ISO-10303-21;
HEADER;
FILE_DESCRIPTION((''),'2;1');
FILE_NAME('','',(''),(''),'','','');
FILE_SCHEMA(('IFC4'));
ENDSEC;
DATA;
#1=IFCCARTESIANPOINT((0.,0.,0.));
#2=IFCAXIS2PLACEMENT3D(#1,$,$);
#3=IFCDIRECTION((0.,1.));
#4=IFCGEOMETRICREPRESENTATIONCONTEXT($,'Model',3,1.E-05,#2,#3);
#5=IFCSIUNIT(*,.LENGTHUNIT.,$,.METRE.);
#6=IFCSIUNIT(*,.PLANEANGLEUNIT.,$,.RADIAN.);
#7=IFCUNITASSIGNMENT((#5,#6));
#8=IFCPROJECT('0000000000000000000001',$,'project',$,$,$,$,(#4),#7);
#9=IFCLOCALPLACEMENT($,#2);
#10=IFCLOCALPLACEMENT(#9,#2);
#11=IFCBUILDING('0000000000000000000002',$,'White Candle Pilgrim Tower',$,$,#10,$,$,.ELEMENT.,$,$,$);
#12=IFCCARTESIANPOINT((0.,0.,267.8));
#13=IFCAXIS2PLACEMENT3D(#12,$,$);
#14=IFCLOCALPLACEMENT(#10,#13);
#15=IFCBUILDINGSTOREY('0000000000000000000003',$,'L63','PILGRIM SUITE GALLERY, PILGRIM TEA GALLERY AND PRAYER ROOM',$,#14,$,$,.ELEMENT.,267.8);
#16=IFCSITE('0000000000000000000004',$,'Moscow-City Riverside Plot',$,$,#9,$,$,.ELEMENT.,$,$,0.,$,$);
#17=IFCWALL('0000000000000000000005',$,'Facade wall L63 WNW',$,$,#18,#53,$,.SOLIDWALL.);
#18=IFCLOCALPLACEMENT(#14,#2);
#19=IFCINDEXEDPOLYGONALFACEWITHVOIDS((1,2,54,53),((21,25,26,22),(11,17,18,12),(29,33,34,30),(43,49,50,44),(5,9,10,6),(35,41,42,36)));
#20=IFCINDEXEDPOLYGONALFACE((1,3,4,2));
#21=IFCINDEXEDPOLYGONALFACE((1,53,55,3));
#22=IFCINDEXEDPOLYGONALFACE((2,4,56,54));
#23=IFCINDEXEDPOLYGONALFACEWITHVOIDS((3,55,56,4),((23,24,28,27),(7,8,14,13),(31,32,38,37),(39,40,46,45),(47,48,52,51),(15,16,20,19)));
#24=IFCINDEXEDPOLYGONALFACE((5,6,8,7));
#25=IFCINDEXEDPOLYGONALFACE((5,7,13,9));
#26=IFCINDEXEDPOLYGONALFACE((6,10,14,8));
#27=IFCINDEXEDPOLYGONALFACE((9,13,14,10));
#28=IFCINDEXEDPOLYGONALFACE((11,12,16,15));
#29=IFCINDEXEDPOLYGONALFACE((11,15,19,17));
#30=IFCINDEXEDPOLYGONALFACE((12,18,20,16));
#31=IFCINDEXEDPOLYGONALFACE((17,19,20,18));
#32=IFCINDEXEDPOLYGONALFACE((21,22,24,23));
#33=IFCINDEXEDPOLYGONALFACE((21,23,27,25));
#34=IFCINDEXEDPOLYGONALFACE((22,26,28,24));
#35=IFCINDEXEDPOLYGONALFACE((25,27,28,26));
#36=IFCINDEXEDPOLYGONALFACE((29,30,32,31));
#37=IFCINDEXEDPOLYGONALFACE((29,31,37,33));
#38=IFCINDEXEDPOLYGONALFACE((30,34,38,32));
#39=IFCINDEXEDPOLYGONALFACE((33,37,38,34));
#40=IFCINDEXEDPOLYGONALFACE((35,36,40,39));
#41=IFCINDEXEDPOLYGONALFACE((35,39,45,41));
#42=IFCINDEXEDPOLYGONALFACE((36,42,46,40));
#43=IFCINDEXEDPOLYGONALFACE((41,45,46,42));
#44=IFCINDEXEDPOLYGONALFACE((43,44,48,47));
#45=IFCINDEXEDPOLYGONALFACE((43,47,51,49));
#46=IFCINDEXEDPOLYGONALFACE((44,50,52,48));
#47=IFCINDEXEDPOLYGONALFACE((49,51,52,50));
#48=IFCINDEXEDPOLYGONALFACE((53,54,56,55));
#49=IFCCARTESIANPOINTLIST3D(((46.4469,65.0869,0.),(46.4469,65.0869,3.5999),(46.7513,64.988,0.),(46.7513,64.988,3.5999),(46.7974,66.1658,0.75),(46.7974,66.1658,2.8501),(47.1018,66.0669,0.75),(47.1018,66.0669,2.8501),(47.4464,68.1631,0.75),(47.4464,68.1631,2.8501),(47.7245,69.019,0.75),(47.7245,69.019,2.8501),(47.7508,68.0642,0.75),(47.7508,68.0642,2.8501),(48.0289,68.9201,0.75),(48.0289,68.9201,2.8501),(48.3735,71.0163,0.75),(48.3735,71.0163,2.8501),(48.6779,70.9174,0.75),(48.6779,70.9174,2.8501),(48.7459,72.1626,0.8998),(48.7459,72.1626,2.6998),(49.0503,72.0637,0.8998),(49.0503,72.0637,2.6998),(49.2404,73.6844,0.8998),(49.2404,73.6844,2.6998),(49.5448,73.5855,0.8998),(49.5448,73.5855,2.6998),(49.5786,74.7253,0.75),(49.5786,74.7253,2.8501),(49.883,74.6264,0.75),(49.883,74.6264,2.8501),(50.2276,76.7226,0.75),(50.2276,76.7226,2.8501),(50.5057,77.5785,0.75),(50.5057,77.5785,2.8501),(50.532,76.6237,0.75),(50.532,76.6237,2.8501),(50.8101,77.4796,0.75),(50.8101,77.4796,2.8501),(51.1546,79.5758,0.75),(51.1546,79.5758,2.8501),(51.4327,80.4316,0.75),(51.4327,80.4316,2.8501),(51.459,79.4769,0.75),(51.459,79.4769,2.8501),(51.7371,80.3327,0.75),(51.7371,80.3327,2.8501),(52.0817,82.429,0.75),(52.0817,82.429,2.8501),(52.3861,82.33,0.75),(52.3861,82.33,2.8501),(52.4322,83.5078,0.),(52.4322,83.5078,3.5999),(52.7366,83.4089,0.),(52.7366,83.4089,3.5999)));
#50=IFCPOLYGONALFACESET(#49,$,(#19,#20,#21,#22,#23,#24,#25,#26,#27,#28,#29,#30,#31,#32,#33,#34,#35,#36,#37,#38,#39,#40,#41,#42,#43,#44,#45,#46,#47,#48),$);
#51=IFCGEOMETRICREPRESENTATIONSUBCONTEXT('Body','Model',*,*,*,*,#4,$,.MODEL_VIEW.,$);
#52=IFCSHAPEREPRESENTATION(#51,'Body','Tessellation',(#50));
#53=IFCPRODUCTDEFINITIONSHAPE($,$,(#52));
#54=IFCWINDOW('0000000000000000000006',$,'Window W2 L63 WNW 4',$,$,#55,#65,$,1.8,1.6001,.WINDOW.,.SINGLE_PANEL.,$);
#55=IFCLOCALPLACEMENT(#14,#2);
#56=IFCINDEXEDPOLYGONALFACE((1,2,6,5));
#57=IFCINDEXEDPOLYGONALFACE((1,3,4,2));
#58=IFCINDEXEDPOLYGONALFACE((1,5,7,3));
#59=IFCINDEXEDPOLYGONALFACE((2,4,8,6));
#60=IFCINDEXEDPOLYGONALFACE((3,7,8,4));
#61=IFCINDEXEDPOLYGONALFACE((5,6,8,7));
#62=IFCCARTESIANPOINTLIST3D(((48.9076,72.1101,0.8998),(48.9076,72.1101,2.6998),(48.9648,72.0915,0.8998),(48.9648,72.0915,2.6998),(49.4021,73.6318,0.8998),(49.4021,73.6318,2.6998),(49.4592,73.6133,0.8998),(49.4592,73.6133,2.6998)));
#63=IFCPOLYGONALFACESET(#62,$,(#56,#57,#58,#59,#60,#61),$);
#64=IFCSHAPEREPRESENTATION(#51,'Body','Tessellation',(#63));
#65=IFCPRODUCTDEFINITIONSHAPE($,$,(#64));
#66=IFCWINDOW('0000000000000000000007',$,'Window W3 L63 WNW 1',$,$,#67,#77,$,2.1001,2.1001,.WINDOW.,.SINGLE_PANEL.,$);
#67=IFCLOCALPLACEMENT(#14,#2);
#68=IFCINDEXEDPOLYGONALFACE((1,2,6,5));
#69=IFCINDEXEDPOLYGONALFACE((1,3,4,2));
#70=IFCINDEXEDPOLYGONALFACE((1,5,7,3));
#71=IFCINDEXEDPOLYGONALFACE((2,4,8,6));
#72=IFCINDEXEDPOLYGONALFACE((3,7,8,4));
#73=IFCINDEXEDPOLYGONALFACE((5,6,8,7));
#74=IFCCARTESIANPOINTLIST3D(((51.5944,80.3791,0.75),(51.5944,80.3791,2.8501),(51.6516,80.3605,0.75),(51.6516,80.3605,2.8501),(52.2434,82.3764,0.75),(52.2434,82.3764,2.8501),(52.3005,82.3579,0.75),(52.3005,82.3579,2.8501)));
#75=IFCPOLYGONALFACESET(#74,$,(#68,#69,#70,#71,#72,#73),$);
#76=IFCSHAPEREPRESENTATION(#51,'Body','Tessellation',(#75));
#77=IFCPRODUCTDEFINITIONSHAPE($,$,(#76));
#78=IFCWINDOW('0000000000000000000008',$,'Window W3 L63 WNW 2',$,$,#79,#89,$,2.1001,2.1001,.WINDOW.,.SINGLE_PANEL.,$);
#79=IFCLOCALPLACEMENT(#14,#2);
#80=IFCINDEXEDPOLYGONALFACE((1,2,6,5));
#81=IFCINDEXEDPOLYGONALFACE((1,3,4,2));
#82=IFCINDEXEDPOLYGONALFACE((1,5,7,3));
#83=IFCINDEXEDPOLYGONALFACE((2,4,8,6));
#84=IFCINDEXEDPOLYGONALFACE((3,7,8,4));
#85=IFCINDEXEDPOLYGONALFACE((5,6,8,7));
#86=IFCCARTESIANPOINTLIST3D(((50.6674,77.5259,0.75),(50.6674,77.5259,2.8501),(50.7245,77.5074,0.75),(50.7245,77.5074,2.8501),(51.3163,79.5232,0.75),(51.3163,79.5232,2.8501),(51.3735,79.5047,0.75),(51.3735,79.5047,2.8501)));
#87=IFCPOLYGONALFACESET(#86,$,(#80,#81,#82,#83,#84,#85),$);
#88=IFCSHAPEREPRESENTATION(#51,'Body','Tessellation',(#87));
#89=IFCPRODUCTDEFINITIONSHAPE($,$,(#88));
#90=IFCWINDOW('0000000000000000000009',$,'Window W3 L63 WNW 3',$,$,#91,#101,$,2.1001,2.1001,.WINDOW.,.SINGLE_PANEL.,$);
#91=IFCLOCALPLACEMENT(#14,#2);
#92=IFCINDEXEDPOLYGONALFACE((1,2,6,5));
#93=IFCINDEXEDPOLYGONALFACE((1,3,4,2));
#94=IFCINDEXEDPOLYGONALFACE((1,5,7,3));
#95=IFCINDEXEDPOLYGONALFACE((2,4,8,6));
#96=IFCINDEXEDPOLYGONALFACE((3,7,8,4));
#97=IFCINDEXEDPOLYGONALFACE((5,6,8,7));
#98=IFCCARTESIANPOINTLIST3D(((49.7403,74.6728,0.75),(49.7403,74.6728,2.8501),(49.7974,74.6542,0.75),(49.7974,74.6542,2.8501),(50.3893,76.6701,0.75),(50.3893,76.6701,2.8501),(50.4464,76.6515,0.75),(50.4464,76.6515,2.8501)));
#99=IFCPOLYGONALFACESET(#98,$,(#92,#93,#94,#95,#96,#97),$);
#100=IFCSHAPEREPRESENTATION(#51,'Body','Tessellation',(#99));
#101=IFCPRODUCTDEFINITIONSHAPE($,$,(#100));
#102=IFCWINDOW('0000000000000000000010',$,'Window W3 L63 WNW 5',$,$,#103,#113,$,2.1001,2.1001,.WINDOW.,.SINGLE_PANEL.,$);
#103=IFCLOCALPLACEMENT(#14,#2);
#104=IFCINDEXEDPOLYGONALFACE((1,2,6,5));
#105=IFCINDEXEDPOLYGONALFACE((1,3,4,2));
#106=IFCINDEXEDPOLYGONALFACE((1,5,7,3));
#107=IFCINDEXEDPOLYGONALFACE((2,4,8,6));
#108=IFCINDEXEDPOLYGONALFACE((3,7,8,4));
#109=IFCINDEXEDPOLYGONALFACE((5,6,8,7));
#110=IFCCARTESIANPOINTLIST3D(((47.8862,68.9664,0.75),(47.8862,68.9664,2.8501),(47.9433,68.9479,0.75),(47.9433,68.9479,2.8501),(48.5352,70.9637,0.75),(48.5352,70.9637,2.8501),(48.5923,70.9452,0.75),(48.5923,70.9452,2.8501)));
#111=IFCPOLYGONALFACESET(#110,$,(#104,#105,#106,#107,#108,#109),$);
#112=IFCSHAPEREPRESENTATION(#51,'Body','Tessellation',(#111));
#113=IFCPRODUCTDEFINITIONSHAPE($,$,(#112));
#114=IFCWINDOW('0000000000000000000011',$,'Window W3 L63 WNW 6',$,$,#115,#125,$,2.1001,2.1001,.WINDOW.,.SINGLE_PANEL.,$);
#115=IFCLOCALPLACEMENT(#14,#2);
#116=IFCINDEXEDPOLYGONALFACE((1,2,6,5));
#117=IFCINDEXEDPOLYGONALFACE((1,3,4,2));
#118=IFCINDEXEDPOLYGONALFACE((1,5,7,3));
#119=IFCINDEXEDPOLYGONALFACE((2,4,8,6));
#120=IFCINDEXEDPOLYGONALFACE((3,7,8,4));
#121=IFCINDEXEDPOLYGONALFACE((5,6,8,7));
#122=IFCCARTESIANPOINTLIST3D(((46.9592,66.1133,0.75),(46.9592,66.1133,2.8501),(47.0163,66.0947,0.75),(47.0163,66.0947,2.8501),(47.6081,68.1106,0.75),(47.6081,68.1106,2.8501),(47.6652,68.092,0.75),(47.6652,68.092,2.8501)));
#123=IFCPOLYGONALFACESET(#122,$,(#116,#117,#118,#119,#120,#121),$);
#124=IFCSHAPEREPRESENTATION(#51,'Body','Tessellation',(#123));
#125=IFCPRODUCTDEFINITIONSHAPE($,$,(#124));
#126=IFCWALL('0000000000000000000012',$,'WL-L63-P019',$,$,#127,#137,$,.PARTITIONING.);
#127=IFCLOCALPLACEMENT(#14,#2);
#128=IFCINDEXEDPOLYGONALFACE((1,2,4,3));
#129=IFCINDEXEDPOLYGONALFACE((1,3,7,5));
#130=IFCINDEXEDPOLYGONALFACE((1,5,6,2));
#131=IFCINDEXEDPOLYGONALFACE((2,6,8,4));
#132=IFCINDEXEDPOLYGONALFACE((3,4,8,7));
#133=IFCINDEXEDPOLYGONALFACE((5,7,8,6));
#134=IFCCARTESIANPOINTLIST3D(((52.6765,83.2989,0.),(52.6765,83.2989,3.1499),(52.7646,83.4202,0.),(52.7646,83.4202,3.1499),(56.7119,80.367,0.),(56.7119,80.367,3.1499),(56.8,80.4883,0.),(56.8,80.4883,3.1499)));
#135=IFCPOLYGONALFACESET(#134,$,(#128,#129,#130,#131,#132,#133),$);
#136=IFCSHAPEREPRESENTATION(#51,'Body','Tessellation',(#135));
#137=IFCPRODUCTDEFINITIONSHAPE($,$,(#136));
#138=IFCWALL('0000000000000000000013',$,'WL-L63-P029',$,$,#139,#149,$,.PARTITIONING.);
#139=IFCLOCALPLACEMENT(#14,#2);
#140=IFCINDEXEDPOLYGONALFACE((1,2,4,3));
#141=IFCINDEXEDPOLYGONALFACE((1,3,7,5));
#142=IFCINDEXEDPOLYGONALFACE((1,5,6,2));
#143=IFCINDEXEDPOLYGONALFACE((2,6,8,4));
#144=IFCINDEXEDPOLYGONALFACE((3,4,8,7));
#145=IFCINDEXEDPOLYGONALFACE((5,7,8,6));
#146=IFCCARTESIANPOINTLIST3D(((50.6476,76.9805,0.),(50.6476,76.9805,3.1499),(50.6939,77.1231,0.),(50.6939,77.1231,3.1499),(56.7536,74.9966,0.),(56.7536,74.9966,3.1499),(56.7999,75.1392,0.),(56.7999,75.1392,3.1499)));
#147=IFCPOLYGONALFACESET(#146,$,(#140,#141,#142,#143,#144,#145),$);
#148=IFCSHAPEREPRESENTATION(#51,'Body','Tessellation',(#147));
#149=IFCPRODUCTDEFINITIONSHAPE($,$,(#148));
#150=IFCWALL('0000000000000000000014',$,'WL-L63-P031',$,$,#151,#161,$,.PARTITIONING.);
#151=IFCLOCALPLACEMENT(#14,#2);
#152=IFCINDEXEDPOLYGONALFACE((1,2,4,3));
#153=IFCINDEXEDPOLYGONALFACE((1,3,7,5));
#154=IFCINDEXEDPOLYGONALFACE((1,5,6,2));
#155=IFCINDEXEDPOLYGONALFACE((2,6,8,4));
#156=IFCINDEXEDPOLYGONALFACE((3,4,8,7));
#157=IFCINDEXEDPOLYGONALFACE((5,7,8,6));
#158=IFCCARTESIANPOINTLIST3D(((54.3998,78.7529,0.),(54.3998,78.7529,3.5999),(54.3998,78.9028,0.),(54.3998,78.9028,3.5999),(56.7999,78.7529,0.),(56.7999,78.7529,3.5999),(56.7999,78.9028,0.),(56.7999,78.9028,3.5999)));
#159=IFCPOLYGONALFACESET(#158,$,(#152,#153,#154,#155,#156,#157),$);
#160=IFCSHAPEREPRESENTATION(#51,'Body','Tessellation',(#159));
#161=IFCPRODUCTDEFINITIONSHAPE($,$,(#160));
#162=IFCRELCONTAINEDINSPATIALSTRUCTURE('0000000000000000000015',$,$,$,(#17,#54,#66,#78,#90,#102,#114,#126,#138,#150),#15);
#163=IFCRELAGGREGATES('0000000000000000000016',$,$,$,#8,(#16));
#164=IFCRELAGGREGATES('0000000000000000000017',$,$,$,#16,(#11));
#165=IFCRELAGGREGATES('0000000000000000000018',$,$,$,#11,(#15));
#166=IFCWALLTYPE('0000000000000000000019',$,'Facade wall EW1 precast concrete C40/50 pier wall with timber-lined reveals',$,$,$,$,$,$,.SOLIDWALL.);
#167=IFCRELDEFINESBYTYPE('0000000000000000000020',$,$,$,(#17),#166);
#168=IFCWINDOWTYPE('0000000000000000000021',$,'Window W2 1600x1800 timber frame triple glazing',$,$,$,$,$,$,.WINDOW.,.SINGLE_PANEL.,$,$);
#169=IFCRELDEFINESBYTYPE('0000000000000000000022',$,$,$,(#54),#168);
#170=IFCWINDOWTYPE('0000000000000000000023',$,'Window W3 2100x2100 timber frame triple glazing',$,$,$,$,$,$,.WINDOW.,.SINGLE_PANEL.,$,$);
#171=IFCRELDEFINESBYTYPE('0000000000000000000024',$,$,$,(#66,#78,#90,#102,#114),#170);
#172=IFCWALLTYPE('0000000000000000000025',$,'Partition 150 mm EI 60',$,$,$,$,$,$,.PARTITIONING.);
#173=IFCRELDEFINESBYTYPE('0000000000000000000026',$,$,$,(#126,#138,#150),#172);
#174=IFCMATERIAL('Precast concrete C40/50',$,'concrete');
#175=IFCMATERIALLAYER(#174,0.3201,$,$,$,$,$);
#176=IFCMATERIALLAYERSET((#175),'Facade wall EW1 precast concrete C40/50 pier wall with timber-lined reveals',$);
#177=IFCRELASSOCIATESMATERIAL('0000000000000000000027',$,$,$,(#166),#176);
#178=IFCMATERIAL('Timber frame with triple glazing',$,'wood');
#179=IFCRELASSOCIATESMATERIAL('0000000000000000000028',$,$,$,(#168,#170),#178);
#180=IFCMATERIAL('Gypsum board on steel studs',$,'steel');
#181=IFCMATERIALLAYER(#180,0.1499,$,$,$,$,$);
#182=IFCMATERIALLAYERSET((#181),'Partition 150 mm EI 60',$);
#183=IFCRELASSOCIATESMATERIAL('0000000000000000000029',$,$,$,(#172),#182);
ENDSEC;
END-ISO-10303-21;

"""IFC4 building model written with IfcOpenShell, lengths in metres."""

from ifc_helpers import new_model, si_unit, direction, frame, frame_2d, origin, place, context, subcontext, project, spatial, rectangle, extrude, material, layer, layer_set, type_object, element, fill, save


model = new_model("IFC4")

# Units and contexts
model_context = context("Model", 3, precision=1e-05, world=origin(), true_north=direction((0.0, 1.0)))
body_context = subcontext(model_context, "Body", "Model", "MODEL_VIEW")
ifc_project = project(units=[si_unit("LENGTHUNIT", "METRE"), si_unit("PLANEANGLEUNIT", "RADIAN")], contexts=[model_context])

# Site, building, storey
site_placement = place(None, origin())
site = spatial("IfcSite", under=ifc_project, at=site_placement, Name="Moscow-City Riverside Plot", CompositionType="ELEMENT", RefElevation=0.0)
building_placement = place(site_placement, origin())
building = spatial("IfcBuilding", under=site, at=building_placement, Name="White Candle Pilgrim Tower", CompositionType="ELEMENT")
storey_placement = place(building_placement, frame((0.0, 0.0, 267.8)))
storey = spatial("IfcBuildingStorey", under=building, at=storey_placement, Name="L63", Description="PILGRIM SUITE GALLERY, PILGRIM TEA GALLERY AND PRAYER ROOM", CompositionType="ELEMENT", Elevation=267.8)

# Shared definitions
ifc_material_1 = material(Name="Precast concrete C40/50", Category="concrete")
ifc_layer_1 = layer(ifc_material_1, 0.3201)
ifc_layer_set_1 = layer_set([ifc_layer_1], Name="Facade wall EW1 precast concrete C40/50 pier wall with timber-lined reveals")
wall_type_1 = type_object("IfcWallType", Name="Facade wall EW1 precast concrete C40/50 pier wall with timber-lined reveals", PredefinedType="SOLIDWALL", material=ifc_layer_set_1)
ifc_material_2 = material(Name="Timber frame with triple glazing", Category="wood")

# Wall, openings, windows
wall_1_placement = place(storey_placement, frame((52.5845, 83.4585, 0.0), z_axis=(0.0, 0.0, 1.0), x_axis=(-0.309019, -0.951056, 0.0)))
wall_1 = element("IfcWall", 1, at=wall_1_placement, inside=storey, type_object=wall_type_1, Name="Facade wall L63 WNW", PredefinedType="SOLIDWALL", context=body_context, shape_type="SweptSolid", body=[
    extrude(rectangle(XDim=19.3689, YDim=0.3201, at=frame_2d((9.6846, 0.0))), origin(), (0.0, 0.0, 1.0), 3.5999),
])
opening_1_placement = place(wall_1_placement, frame((1.1345, 0.0, 0.75)))
opening_1 = element("IfcOpeningElement", 2, at=opening_1_placement, cuts=wall_1, PredefinedType="OPENING", context=body_context, shape_type="SweptSolid", body=[
    extrude(rectangle(XDim=2.1001, YDim=2.1001, at=frame_2d((1.05, 1.05))), frame((0.0, 0.1699, 0.0), z_axis=(0.0, -1.0, 0.0), x_axis=(1.0, 0.0, 0.0)), (0.0, 0.0, 1.0), 0.3401),
])
opening_2_placement = place(wall_1_placement, frame((4.1345, 0.0, 0.75)))
opening_2 = element("IfcOpeningElement", 3, at=opening_2_placement, cuts=wall_1, PredefinedType="OPENING", context=body_context, shape_type="SweptSolid", body=[
    extrude(rectangle(XDim=2.1001, YDim=2.1001, at=frame_2d((1.05, 1.05))), frame((0.0, 0.1699, 0.0), z_axis=(0.0, -1.0, 0.0), x_axis=(1.0, 0.0, 0.0)), (0.0, 0.0, 1.0), 0.3401),
])
opening_3_placement = place(wall_1_placement, frame((7.1345, 0.0, 0.75)))
opening_3 = element("IfcOpeningElement", 4, at=opening_3_placement, cuts=wall_1, PredefinedType="OPENING", context=body_context, shape_type="SweptSolid", body=[
    extrude(rectangle(XDim=2.1001, YDim=2.1001, at=frame_2d((1.05, 1.05))), frame((0.0, 0.1699, 0.0), z_axis=(0.0, -1.0, 0.0), x_axis=(1.0, 0.0, 0.0)), (0.0, 0.0, 1.0), 0.3401),
])
opening_4_placement = place(wall_1_placement, frame((10.3291, 0.0, 0.8999)))
opening_4 = element("IfcOpeningElement", 5, at=opening_4_placement, cuts=wall_1, PredefinedType="OPENING", context=body_context, shape_type="SweptSolid", body=[
    extrude(rectangle(XDim=1.6001, YDim=1.8, at=frame_2d((0.8, 0.8999))), frame((0.0, 0.1699, 0.0), z_axis=(0.0, -1.0, 0.0), x_axis=(1.0, 0.0, 0.0)), (0.0, 0.0, 1.0), 0.3401),
])
opening_5_placement = place(wall_1_placement, frame((13.1345, 0.0, 0.75)))
opening_5 = element("IfcOpeningElement", 6, at=opening_5_placement, cuts=wall_1, PredefinedType="OPENING", context=body_context, shape_type="SweptSolid", body=[
    extrude(rectangle(XDim=2.1001, YDim=2.1001, at=frame_2d((1.05, 1.05))), frame((0.0, 0.1699, 0.0), z_axis=(0.0, -1.0, 0.0), x_axis=(1.0, 0.0, 0.0)), (0.0, 0.0, 1.0), 0.3401),
])
opening_6_placement = place(wall_1_placement, frame((16.1345, 0.0, 0.75)))
opening_6 = element("IfcOpeningElement", 7, at=opening_6_placement, cuts=wall_1, PredefinedType="OPENING", context=body_context, shape_type="SweptSolid", body=[
    extrude(rectangle(XDim=2.1001, YDim=2.1001, at=frame_2d((1.05, 1.05))), frame((0.0, 0.1699, 0.0), z_axis=(0.0, -1.0, 0.0), x_axis=(1.0, 0.0, 0.0)), (0.0, 0.0, 1.0), 0.3401),
])
window_type_1 = type_object("IfcWindowType", Name="Window W2 1600x1800 timber frame triple glazing", PartitioningType="SINGLE_PANEL", PredefinedType="WINDOW", material=ifc_material_2)
window_1_placement = place(opening_4_placement, origin())
window_1 = element("IfcWindow", 8, at=window_1_placement, inside=storey, type_object=window_type_1, Name="Window W2 L63 WNW 4", OverallHeight=1.8, OverallWidth=1.6001, PartitioningType="SINGLE_PANEL", PredefinedType="WINDOW", context=body_context, shape_type="SweptSolid", body=[
    extrude(rectangle(XDim=1.6001, YDim=1.8, at=frame_2d((0.8, 0.8999))), frame((0.0, 0.0701, 0.0), z_axis=(0.0, -1.0, 0.0), x_axis=(1.0, 0.0, 0.0)), (0.0, 0.0, 1.0), 0.0601),
])
fill(opening_4, window_1)
window_type_2 = type_object("IfcWindowType", Name="Window W3 2100x2100 timber frame triple glazing", PartitioningType="SINGLE_PANEL", PredefinedType="WINDOW", material=ifc_material_2)
window_2_placement = place(opening_1_placement, origin())
window_2 = element("IfcWindow", 9, at=window_2_placement, inside=storey, type_object=window_type_2, Name="Window W3 L63 WNW 1", OverallHeight=2.1001, OverallWidth=2.1001, PartitioningType="SINGLE_PANEL", PredefinedType="WINDOW", context=body_context, shape_type="SweptSolid", body=[
    extrude(rectangle(XDim=2.1001, YDim=2.1001, at=frame_2d((1.05, 1.05))), frame((0.0, 0.0701, 0.0), z_axis=(0.0, -1.0, 0.0), x_axis=(1.0, 0.0, 0.0)), (0.0, 0.0, 1.0), 0.0601),
])
fill(opening_1, window_2)
window_3_placement = place(opening_2_placement, origin())
window_3 = element("IfcWindow", 10, at=window_3_placement, inside=storey, type_object=window_type_2, Name="Window W3 L63 WNW 2", OverallHeight=2.1001, OverallWidth=2.1001, PartitioningType="SINGLE_PANEL", PredefinedType="WINDOW", context=body_context, shape_type="SweptSolid", body=[
    extrude(rectangle(XDim=2.1001, YDim=2.1001, at=frame_2d((1.05, 1.05))), frame((0.0, 0.0701, 0.0), z_axis=(0.0, -1.0, 0.0), x_axis=(1.0, 0.0, 0.0)), (0.0, 0.0, 1.0), 0.0601),
])
fill(opening_2, window_3)
window_4_placement = place(opening_3_placement, origin())
window_4 = element("IfcWindow", 11, at=window_4_placement, inside=storey, type_object=window_type_2, Name="Window W3 L63 WNW 3", OverallHeight=2.1001, OverallWidth=2.1001, PartitioningType="SINGLE_PANEL", PredefinedType="WINDOW", context=body_context, shape_type="SweptSolid", body=[
    extrude(rectangle(XDim=2.1001, YDim=2.1001, at=frame_2d((1.05, 1.05))), frame((0.0, 0.0701, 0.0), z_axis=(0.0, -1.0, 0.0), x_axis=(1.0, 0.0, 0.0)), (0.0, 0.0, 1.0), 0.0601),
])
fill(opening_3, window_4)
window_5_placement = place(opening_5_placement, origin())
window_5 = element("IfcWindow", 12, at=window_5_placement, inside=storey, type_object=window_type_2, Name="Window W3 L63 WNW 5", OverallHeight=2.1001, OverallWidth=2.1001, PartitioningType="SINGLE_PANEL", PredefinedType="WINDOW", context=body_context, shape_type="SweptSolid", body=[
    extrude(rectangle(XDim=2.1001, YDim=2.1001, at=frame_2d((1.05, 1.05))), frame((0.0, 0.0701, 0.0), z_axis=(0.0, -1.0, 0.0), x_axis=(1.0, 0.0, 0.0)), (0.0, 0.0, 1.0), 0.0601),
])
fill(opening_5, window_5)
window_6_placement = place(opening_6_placement, origin())
window_6 = element("IfcWindow", 13, at=window_6_placement, inside=storey, type_object=window_type_2, Name="Window W3 L63 WNW 6", OverallHeight=2.1001, OverallWidth=2.1001, PartitioningType="SINGLE_PANEL", PredefinedType="WINDOW", context=body_context, shape_type="SweptSolid", body=[
    extrude(rectangle(XDim=2.1001, YDim=2.1001, at=frame_2d((1.05, 1.05))), frame((0.0, 0.0701, 0.0), z_axis=(0.0, -1.0, 0.0), x_axis=(1.0, 0.0, 0.0)), (0.0, 0.0, 1.0), 0.0601),
])
fill(opening_6, window_6)

# Walls
ifc_material_3 = material(Name="Gypsum board on steel studs", Category="steel")
ifc_layer_2 = layer(ifc_material_3, 0.1499)
ifc_layer_set_2 = layer_set([ifc_layer_2], Name="Partition 150 mm EI 60")
wall_type_2 = type_object("IfcWallType", Name="Partition 150 mm EI 60", PredefinedType="PARTITIONING", material=ifc_layer_set_2)
wall_2_placement = place(storey_placement, frame((52.7205, 83.3596, 0.0), z_axis=(0.0, 0.0, 1.0), x_axis=(0.809017, -0.587785, 0.0)))
element("IfcWall", 14, at=wall_2_placement, inside=storey, type_object=wall_type_2, Name="WL-L63-P019", PredefinedType="PARTITIONING", context=body_context, shape_type="SweptSolid", body=[
    extrude(rectangle(XDim=4.988, YDim=0.1499, at=frame_2d((2.4941, 0.0))), origin(), (0.0, 0.0, 1.0), 3.1499),
])
wall_3_placement = place(storey_placement, frame((50.6709, 77.0518, 0.0), z_axis=(0.0, 0.0, 1.0), x_axis=(0.951059, -0.309009, 0.0)))
element("IfcWall", 15, at=wall_3_placement, inside=storey, type_object=wall_type_2, Name="WL-L63-P029", PredefinedType="PARTITIONING", context=body_context, shape_type="SweptSolid", body=[
    extrude(rectangle(XDim=6.4202, YDim=0.1499, at=frame_2d((3.21, 0.0))), origin(), (0.0, 0.0, 1.0), 3.1499),
])
wall_4_placement = place(storey_placement, frame((56.8, 78.8279, 0.0), z_axis=(0.0, 0.0, 1.0), x_axis=(-1.0, 0.0, 0.0)))
element("IfcWall", 16, at=wall_4_placement, inside=storey, type_object=wall_type_2, Name="WL-L63-P031", PredefinedType="PARTITIONING", context=body_context, shape_type="SweptSolid", body=[
    extrude(rectangle(XDim=2.4001, YDim=0.1499, at=frame_2d((1.2002, 0.0))), origin(), (0.0, 0.0, 1.0), 3.5999),
])

save(model, "model.ifc")
